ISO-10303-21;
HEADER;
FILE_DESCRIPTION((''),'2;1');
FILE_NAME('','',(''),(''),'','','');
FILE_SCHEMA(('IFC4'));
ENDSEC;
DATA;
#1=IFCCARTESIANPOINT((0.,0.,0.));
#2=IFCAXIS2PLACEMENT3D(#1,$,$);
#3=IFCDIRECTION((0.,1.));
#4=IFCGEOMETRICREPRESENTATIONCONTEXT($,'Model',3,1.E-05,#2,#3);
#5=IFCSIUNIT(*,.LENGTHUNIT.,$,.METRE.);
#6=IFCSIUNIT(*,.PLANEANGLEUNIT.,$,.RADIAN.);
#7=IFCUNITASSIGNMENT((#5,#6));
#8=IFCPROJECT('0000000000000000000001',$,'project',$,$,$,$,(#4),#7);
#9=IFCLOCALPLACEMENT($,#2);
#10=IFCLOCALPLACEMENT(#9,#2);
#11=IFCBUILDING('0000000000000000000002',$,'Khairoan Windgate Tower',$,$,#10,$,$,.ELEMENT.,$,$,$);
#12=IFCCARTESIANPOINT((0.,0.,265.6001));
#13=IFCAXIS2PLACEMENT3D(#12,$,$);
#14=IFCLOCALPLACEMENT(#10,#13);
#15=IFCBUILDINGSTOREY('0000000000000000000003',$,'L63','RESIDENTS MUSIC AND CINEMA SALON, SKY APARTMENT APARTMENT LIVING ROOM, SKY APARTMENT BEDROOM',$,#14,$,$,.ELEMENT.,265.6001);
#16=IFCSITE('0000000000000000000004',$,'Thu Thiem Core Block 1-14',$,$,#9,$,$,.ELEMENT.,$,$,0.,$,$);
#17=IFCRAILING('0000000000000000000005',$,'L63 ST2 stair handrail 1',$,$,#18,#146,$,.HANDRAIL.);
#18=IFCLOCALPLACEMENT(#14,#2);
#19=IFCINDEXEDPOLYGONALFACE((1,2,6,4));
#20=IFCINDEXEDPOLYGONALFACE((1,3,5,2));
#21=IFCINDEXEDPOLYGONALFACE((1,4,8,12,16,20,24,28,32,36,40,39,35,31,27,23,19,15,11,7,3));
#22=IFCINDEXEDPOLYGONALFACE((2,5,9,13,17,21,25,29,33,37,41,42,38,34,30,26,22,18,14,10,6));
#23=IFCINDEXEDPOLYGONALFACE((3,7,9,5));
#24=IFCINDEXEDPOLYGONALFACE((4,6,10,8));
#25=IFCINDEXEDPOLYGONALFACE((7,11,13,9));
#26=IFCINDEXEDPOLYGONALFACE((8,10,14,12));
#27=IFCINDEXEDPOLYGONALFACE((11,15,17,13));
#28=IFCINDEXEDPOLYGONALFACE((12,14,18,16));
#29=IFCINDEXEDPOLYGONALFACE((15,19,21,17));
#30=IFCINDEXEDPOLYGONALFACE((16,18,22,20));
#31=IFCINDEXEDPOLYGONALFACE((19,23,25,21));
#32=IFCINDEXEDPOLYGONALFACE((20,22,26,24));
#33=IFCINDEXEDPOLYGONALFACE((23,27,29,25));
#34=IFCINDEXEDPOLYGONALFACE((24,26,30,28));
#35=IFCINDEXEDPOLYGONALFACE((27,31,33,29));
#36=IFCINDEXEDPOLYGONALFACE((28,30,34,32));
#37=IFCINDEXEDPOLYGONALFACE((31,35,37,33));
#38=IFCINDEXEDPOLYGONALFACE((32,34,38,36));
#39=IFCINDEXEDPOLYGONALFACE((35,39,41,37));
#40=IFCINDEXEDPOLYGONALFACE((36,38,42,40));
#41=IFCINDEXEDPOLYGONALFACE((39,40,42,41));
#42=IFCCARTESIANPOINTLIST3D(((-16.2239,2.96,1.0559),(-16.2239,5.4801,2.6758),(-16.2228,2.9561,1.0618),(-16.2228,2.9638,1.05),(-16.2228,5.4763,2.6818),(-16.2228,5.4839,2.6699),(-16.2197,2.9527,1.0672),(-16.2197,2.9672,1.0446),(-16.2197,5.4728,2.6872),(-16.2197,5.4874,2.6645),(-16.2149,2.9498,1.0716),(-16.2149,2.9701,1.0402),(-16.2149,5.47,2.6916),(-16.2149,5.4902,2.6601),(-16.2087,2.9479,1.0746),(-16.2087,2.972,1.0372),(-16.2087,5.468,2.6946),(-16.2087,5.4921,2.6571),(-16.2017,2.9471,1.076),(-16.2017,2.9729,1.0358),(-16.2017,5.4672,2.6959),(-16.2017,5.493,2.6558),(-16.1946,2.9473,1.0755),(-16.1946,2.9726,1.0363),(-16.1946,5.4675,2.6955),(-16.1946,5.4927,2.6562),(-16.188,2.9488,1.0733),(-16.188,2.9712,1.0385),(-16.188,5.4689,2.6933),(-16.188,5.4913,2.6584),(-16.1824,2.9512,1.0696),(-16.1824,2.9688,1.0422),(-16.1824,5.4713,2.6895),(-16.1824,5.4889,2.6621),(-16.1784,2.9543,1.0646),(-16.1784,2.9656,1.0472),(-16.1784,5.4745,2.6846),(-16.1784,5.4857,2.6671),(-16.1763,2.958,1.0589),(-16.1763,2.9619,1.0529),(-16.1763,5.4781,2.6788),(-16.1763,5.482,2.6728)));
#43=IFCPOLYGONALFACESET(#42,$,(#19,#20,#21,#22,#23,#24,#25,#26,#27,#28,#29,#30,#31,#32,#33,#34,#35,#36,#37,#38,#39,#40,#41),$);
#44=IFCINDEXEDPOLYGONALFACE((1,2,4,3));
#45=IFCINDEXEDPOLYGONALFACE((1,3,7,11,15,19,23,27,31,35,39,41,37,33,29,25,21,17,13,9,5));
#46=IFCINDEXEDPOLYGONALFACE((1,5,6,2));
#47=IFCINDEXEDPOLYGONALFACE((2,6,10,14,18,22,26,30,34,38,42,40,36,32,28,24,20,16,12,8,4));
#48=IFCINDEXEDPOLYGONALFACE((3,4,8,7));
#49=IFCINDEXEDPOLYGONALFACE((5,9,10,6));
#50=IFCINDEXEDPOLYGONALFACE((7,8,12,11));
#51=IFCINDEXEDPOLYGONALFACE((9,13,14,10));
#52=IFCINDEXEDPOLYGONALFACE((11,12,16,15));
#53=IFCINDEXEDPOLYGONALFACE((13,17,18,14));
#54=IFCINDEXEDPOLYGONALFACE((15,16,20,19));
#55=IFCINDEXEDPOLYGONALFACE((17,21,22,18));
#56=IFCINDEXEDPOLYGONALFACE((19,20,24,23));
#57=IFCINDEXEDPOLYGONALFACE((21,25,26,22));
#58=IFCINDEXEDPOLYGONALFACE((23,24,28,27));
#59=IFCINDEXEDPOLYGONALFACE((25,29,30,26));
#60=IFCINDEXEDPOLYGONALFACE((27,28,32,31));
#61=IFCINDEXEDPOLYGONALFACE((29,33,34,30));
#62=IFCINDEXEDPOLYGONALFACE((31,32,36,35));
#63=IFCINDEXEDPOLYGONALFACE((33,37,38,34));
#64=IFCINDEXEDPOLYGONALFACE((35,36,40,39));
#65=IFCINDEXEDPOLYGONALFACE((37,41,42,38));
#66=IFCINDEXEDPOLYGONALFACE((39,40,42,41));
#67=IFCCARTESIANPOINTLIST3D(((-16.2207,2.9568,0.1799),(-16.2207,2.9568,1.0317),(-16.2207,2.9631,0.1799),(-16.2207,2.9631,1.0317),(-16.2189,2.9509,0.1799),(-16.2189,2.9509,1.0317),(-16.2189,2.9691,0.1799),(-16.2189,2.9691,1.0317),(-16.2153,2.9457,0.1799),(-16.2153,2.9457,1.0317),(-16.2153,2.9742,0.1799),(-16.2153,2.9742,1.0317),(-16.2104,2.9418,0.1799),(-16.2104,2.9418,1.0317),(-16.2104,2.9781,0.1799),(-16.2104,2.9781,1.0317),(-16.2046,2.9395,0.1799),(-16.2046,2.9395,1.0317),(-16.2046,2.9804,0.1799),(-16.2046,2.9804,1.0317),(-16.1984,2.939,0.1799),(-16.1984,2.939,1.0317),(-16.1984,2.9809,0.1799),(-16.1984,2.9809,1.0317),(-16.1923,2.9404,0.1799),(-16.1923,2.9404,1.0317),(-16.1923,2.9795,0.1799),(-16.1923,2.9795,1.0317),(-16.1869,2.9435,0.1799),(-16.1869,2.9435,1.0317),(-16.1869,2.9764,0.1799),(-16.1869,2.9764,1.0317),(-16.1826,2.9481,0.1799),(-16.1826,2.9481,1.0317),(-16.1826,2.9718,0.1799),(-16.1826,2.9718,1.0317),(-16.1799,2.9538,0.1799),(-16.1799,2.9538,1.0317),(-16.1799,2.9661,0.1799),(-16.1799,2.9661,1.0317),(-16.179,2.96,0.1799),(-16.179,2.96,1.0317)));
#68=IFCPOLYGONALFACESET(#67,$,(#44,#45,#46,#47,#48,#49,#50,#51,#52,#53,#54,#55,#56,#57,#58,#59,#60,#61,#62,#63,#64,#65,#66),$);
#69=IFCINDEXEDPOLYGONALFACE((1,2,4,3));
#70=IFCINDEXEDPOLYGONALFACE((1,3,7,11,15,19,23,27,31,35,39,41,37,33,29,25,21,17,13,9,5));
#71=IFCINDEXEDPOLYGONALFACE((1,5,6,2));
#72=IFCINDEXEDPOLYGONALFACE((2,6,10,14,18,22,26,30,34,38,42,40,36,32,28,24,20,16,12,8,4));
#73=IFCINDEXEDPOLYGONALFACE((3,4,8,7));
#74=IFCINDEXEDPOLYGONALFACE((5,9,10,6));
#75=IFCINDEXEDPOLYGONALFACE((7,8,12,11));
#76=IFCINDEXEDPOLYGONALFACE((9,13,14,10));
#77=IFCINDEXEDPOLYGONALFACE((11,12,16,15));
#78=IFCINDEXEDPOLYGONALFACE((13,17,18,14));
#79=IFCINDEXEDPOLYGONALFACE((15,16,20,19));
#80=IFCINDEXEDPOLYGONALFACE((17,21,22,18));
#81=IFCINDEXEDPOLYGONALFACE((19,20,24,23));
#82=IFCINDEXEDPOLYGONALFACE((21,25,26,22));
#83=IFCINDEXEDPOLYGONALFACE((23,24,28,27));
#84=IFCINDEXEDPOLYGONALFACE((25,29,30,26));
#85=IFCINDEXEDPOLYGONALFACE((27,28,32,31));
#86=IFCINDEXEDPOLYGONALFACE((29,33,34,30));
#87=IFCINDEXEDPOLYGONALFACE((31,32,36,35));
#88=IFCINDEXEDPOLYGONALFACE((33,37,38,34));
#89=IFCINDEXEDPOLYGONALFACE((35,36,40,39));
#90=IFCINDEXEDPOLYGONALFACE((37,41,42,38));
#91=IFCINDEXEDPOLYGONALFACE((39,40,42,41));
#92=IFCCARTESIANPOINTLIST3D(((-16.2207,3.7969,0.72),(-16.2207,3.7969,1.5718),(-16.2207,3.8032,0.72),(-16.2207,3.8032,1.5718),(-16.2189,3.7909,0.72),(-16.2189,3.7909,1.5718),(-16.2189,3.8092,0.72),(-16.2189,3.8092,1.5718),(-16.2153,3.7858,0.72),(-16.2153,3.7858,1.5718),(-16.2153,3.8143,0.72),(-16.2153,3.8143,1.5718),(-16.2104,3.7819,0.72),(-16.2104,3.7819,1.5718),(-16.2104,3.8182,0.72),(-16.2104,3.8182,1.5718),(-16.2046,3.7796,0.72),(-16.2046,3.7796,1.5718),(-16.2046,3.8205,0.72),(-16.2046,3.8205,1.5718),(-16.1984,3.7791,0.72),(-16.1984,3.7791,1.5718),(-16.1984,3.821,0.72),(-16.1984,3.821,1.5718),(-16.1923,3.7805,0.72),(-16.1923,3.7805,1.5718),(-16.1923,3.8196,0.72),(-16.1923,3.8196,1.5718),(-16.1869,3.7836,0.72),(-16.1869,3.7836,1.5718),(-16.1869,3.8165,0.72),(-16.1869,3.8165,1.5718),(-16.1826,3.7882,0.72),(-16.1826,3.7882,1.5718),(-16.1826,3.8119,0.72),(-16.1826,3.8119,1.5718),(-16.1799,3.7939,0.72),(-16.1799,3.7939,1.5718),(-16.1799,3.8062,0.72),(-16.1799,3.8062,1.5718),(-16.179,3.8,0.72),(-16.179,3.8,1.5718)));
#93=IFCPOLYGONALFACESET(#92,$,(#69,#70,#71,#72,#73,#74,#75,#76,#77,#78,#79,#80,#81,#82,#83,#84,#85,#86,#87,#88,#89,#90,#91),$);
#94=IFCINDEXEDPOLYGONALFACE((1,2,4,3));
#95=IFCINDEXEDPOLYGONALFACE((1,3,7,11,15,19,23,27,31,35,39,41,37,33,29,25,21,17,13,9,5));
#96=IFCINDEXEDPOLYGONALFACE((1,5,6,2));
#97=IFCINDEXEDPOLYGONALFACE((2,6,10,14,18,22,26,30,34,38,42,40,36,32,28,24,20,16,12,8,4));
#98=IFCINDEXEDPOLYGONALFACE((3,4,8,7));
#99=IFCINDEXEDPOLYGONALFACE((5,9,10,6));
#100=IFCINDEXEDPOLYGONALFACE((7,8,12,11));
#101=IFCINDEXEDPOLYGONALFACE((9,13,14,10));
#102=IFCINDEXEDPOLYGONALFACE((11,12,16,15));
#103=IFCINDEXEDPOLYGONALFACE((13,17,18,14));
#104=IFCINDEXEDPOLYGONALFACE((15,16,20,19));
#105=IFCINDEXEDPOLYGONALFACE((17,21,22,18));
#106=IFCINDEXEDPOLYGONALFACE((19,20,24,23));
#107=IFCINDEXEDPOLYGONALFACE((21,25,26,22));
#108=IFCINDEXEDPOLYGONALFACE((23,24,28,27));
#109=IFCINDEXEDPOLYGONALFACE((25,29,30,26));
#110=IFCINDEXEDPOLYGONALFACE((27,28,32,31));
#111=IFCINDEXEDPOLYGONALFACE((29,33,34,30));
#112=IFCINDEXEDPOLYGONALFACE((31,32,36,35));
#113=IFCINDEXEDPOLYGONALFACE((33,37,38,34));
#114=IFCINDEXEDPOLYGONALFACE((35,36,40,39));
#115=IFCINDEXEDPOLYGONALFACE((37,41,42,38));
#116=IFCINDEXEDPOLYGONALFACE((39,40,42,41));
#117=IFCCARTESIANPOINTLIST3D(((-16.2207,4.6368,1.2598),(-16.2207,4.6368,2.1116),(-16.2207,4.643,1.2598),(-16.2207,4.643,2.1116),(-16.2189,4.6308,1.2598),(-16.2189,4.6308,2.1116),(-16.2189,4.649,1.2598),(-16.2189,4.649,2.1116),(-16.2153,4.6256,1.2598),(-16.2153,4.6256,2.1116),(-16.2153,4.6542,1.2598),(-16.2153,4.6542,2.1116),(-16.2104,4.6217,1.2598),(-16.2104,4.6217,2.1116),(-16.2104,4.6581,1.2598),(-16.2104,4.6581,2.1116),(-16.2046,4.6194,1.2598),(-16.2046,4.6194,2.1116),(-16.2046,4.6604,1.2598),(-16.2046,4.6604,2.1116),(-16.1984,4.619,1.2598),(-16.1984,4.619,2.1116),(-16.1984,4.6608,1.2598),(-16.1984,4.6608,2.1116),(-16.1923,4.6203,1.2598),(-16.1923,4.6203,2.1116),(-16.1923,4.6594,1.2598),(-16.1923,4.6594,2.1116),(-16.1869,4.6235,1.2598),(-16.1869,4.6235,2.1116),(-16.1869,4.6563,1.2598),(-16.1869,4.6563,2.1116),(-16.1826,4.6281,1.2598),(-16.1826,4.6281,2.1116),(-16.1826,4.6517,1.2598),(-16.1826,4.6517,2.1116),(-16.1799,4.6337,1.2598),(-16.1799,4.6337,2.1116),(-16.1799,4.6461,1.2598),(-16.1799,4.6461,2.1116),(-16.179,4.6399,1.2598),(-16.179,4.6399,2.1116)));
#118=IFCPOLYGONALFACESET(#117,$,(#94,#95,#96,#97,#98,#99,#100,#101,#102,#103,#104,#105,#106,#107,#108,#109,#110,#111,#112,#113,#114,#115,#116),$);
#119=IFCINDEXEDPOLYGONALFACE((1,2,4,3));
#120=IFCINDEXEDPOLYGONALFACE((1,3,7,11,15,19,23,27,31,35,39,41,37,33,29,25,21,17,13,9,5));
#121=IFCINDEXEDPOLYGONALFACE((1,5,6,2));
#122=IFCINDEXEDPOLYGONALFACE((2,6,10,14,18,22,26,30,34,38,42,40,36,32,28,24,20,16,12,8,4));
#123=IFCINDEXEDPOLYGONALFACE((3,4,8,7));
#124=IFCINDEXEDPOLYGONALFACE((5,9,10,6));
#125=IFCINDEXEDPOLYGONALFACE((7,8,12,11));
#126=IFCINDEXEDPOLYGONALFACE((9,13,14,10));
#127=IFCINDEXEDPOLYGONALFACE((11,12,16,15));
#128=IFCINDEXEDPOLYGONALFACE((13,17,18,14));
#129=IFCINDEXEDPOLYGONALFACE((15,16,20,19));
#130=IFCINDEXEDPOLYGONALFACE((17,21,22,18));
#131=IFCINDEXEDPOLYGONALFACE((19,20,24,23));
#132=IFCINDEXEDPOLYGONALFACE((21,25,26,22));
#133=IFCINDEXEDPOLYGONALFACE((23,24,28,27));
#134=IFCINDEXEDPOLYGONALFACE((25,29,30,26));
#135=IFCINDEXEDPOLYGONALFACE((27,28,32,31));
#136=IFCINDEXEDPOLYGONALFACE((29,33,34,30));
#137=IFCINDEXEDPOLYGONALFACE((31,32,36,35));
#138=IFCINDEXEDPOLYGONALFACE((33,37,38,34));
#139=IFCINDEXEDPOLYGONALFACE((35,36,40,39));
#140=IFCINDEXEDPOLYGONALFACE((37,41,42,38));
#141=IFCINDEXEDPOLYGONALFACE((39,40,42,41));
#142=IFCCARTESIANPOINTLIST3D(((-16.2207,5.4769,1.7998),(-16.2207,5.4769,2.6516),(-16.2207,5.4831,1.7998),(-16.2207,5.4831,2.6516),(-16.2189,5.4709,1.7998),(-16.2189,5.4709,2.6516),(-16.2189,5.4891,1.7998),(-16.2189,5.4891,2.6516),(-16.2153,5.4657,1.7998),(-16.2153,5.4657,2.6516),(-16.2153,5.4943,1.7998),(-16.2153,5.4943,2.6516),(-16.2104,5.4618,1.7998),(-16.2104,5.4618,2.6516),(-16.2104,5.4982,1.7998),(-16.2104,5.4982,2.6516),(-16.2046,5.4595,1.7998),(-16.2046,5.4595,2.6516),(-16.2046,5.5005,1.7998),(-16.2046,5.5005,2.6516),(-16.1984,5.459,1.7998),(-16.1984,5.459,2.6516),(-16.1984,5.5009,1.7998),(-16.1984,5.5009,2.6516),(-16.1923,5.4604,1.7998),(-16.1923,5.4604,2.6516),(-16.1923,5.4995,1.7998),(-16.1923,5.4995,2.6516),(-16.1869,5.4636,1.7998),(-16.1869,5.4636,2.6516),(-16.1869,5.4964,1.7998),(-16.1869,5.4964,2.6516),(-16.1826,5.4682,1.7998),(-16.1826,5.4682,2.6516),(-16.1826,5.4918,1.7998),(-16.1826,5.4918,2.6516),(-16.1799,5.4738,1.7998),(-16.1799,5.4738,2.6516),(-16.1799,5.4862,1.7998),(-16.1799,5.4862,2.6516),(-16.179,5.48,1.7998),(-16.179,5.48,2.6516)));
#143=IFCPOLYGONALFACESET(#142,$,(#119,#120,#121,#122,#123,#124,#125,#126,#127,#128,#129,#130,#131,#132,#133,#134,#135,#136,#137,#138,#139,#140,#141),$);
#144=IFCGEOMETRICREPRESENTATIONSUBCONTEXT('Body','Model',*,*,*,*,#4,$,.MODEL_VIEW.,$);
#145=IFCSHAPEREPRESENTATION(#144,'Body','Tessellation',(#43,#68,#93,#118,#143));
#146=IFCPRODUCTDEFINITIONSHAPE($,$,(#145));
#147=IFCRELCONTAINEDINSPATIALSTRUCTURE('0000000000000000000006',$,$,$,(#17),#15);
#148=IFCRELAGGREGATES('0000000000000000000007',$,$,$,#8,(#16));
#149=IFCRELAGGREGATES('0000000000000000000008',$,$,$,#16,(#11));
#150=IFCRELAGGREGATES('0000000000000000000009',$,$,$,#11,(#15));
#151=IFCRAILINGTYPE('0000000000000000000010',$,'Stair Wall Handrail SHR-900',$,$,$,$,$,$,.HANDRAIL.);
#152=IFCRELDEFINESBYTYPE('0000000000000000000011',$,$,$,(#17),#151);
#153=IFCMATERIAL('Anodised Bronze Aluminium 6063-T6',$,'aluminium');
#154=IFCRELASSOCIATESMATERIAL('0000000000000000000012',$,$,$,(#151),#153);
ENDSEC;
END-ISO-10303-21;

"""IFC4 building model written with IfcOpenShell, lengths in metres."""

from ifc_helpers import new_model, si_unit, direction, frame, origin, origin_2d, place, context, subcontext, project, spatial, circle, extrude, material, type_object, element, save


model = new_model("IFC4")

# Units and contexts
model_context = context("Model", 3, precision=1e-05, world=origin(), true_north=direction((0.0, 1.0)))
body_context = subcontext(model_context, "Body", "Model", "MODEL_VIEW")
ifc_project = project(units=[si_unit("LENGTHUNIT", "METRE"), si_unit("PLANEANGLEUNIT", "RADIAN")], contexts=[model_context])

# Site, building, storey
site_placement = place(None, origin())
site = spatial("IfcSite", under=ifc_project, at=site_placement, Name="Thu Thiem Core Block 1-14", CompositionType="ELEMENT", RefElevation=0.0)
building_placement = place(site_placement, origin())
building = spatial("IfcBuilding", under=site, at=building_placement, Name="Khairoan Windgate Tower", CompositionType="ELEMENT")
storey_placement = place(building_placement, frame((0.0, 0.0, 265.6001)))
storey = spatial("IfcBuildingStorey", under=building, at=storey_placement, Name="L63", Description="RESIDENTS MUSIC AND CINEMA SALON, SKY APARTMENT APARTMENT LIVING ROOM, SKY APARTMENT BEDROOM", CompositionType="ELEMENT", Elevation=265.6001)

# Railing
ifc_material_1 = material(Name="Anodised Bronze Aluminium 6063-T6", Category="aluminium")
railing_type_1 = type_object("IfcRailingType", Name="Stair Wall Handrail SHR-900", PredefinedType="HANDRAIL", material=ifc_material_1)
railing_1_placement = place(storey_placement, frame((-16.2, 2.96, 0.1799)))
element("IfcRailing", 1, at=railing_1_placement, inside=storey, type_object=railing_type_1, Name="L63 ST2 stair handrail 1", PredefinedType="HANDRAIL", context=body_context, shape_type="SweptSolid", body=[
    extrude(circle(Radius=0.0239, at=origin_2d()), frame((0.0, 0.0, 0.876), z_axis=(0.0, 0.8412, 0.540725), x_axis=(-1.0, 0.0, 0.0)), (0.0, 0.0, 1.0), 2.9958),
    extrude(circle(Radius=0.021, at=origin_2d()), origin(), (0.0, 0.0, 1.0), 0.8518),
    extrude(circle(Radius=0.021, at=origin_2d()), frame((0.0, 0.8401, 0.54)), (0.0, 0.0, 1.0), 0.8518),
    extrude(circle(Radius=0.021, at=origin_2d()), frame((0.0, 1.6799, 1.0798)), (0.0, 0.0, 1.0), 0.8518),
    extrude(circle(Radius=0.021, at=origin_2d()), frame((0.0, 2.52, 1.6199)), (0.0, 0.0, 1.0), 0.8518),
])

save(model, "model.ifc")
